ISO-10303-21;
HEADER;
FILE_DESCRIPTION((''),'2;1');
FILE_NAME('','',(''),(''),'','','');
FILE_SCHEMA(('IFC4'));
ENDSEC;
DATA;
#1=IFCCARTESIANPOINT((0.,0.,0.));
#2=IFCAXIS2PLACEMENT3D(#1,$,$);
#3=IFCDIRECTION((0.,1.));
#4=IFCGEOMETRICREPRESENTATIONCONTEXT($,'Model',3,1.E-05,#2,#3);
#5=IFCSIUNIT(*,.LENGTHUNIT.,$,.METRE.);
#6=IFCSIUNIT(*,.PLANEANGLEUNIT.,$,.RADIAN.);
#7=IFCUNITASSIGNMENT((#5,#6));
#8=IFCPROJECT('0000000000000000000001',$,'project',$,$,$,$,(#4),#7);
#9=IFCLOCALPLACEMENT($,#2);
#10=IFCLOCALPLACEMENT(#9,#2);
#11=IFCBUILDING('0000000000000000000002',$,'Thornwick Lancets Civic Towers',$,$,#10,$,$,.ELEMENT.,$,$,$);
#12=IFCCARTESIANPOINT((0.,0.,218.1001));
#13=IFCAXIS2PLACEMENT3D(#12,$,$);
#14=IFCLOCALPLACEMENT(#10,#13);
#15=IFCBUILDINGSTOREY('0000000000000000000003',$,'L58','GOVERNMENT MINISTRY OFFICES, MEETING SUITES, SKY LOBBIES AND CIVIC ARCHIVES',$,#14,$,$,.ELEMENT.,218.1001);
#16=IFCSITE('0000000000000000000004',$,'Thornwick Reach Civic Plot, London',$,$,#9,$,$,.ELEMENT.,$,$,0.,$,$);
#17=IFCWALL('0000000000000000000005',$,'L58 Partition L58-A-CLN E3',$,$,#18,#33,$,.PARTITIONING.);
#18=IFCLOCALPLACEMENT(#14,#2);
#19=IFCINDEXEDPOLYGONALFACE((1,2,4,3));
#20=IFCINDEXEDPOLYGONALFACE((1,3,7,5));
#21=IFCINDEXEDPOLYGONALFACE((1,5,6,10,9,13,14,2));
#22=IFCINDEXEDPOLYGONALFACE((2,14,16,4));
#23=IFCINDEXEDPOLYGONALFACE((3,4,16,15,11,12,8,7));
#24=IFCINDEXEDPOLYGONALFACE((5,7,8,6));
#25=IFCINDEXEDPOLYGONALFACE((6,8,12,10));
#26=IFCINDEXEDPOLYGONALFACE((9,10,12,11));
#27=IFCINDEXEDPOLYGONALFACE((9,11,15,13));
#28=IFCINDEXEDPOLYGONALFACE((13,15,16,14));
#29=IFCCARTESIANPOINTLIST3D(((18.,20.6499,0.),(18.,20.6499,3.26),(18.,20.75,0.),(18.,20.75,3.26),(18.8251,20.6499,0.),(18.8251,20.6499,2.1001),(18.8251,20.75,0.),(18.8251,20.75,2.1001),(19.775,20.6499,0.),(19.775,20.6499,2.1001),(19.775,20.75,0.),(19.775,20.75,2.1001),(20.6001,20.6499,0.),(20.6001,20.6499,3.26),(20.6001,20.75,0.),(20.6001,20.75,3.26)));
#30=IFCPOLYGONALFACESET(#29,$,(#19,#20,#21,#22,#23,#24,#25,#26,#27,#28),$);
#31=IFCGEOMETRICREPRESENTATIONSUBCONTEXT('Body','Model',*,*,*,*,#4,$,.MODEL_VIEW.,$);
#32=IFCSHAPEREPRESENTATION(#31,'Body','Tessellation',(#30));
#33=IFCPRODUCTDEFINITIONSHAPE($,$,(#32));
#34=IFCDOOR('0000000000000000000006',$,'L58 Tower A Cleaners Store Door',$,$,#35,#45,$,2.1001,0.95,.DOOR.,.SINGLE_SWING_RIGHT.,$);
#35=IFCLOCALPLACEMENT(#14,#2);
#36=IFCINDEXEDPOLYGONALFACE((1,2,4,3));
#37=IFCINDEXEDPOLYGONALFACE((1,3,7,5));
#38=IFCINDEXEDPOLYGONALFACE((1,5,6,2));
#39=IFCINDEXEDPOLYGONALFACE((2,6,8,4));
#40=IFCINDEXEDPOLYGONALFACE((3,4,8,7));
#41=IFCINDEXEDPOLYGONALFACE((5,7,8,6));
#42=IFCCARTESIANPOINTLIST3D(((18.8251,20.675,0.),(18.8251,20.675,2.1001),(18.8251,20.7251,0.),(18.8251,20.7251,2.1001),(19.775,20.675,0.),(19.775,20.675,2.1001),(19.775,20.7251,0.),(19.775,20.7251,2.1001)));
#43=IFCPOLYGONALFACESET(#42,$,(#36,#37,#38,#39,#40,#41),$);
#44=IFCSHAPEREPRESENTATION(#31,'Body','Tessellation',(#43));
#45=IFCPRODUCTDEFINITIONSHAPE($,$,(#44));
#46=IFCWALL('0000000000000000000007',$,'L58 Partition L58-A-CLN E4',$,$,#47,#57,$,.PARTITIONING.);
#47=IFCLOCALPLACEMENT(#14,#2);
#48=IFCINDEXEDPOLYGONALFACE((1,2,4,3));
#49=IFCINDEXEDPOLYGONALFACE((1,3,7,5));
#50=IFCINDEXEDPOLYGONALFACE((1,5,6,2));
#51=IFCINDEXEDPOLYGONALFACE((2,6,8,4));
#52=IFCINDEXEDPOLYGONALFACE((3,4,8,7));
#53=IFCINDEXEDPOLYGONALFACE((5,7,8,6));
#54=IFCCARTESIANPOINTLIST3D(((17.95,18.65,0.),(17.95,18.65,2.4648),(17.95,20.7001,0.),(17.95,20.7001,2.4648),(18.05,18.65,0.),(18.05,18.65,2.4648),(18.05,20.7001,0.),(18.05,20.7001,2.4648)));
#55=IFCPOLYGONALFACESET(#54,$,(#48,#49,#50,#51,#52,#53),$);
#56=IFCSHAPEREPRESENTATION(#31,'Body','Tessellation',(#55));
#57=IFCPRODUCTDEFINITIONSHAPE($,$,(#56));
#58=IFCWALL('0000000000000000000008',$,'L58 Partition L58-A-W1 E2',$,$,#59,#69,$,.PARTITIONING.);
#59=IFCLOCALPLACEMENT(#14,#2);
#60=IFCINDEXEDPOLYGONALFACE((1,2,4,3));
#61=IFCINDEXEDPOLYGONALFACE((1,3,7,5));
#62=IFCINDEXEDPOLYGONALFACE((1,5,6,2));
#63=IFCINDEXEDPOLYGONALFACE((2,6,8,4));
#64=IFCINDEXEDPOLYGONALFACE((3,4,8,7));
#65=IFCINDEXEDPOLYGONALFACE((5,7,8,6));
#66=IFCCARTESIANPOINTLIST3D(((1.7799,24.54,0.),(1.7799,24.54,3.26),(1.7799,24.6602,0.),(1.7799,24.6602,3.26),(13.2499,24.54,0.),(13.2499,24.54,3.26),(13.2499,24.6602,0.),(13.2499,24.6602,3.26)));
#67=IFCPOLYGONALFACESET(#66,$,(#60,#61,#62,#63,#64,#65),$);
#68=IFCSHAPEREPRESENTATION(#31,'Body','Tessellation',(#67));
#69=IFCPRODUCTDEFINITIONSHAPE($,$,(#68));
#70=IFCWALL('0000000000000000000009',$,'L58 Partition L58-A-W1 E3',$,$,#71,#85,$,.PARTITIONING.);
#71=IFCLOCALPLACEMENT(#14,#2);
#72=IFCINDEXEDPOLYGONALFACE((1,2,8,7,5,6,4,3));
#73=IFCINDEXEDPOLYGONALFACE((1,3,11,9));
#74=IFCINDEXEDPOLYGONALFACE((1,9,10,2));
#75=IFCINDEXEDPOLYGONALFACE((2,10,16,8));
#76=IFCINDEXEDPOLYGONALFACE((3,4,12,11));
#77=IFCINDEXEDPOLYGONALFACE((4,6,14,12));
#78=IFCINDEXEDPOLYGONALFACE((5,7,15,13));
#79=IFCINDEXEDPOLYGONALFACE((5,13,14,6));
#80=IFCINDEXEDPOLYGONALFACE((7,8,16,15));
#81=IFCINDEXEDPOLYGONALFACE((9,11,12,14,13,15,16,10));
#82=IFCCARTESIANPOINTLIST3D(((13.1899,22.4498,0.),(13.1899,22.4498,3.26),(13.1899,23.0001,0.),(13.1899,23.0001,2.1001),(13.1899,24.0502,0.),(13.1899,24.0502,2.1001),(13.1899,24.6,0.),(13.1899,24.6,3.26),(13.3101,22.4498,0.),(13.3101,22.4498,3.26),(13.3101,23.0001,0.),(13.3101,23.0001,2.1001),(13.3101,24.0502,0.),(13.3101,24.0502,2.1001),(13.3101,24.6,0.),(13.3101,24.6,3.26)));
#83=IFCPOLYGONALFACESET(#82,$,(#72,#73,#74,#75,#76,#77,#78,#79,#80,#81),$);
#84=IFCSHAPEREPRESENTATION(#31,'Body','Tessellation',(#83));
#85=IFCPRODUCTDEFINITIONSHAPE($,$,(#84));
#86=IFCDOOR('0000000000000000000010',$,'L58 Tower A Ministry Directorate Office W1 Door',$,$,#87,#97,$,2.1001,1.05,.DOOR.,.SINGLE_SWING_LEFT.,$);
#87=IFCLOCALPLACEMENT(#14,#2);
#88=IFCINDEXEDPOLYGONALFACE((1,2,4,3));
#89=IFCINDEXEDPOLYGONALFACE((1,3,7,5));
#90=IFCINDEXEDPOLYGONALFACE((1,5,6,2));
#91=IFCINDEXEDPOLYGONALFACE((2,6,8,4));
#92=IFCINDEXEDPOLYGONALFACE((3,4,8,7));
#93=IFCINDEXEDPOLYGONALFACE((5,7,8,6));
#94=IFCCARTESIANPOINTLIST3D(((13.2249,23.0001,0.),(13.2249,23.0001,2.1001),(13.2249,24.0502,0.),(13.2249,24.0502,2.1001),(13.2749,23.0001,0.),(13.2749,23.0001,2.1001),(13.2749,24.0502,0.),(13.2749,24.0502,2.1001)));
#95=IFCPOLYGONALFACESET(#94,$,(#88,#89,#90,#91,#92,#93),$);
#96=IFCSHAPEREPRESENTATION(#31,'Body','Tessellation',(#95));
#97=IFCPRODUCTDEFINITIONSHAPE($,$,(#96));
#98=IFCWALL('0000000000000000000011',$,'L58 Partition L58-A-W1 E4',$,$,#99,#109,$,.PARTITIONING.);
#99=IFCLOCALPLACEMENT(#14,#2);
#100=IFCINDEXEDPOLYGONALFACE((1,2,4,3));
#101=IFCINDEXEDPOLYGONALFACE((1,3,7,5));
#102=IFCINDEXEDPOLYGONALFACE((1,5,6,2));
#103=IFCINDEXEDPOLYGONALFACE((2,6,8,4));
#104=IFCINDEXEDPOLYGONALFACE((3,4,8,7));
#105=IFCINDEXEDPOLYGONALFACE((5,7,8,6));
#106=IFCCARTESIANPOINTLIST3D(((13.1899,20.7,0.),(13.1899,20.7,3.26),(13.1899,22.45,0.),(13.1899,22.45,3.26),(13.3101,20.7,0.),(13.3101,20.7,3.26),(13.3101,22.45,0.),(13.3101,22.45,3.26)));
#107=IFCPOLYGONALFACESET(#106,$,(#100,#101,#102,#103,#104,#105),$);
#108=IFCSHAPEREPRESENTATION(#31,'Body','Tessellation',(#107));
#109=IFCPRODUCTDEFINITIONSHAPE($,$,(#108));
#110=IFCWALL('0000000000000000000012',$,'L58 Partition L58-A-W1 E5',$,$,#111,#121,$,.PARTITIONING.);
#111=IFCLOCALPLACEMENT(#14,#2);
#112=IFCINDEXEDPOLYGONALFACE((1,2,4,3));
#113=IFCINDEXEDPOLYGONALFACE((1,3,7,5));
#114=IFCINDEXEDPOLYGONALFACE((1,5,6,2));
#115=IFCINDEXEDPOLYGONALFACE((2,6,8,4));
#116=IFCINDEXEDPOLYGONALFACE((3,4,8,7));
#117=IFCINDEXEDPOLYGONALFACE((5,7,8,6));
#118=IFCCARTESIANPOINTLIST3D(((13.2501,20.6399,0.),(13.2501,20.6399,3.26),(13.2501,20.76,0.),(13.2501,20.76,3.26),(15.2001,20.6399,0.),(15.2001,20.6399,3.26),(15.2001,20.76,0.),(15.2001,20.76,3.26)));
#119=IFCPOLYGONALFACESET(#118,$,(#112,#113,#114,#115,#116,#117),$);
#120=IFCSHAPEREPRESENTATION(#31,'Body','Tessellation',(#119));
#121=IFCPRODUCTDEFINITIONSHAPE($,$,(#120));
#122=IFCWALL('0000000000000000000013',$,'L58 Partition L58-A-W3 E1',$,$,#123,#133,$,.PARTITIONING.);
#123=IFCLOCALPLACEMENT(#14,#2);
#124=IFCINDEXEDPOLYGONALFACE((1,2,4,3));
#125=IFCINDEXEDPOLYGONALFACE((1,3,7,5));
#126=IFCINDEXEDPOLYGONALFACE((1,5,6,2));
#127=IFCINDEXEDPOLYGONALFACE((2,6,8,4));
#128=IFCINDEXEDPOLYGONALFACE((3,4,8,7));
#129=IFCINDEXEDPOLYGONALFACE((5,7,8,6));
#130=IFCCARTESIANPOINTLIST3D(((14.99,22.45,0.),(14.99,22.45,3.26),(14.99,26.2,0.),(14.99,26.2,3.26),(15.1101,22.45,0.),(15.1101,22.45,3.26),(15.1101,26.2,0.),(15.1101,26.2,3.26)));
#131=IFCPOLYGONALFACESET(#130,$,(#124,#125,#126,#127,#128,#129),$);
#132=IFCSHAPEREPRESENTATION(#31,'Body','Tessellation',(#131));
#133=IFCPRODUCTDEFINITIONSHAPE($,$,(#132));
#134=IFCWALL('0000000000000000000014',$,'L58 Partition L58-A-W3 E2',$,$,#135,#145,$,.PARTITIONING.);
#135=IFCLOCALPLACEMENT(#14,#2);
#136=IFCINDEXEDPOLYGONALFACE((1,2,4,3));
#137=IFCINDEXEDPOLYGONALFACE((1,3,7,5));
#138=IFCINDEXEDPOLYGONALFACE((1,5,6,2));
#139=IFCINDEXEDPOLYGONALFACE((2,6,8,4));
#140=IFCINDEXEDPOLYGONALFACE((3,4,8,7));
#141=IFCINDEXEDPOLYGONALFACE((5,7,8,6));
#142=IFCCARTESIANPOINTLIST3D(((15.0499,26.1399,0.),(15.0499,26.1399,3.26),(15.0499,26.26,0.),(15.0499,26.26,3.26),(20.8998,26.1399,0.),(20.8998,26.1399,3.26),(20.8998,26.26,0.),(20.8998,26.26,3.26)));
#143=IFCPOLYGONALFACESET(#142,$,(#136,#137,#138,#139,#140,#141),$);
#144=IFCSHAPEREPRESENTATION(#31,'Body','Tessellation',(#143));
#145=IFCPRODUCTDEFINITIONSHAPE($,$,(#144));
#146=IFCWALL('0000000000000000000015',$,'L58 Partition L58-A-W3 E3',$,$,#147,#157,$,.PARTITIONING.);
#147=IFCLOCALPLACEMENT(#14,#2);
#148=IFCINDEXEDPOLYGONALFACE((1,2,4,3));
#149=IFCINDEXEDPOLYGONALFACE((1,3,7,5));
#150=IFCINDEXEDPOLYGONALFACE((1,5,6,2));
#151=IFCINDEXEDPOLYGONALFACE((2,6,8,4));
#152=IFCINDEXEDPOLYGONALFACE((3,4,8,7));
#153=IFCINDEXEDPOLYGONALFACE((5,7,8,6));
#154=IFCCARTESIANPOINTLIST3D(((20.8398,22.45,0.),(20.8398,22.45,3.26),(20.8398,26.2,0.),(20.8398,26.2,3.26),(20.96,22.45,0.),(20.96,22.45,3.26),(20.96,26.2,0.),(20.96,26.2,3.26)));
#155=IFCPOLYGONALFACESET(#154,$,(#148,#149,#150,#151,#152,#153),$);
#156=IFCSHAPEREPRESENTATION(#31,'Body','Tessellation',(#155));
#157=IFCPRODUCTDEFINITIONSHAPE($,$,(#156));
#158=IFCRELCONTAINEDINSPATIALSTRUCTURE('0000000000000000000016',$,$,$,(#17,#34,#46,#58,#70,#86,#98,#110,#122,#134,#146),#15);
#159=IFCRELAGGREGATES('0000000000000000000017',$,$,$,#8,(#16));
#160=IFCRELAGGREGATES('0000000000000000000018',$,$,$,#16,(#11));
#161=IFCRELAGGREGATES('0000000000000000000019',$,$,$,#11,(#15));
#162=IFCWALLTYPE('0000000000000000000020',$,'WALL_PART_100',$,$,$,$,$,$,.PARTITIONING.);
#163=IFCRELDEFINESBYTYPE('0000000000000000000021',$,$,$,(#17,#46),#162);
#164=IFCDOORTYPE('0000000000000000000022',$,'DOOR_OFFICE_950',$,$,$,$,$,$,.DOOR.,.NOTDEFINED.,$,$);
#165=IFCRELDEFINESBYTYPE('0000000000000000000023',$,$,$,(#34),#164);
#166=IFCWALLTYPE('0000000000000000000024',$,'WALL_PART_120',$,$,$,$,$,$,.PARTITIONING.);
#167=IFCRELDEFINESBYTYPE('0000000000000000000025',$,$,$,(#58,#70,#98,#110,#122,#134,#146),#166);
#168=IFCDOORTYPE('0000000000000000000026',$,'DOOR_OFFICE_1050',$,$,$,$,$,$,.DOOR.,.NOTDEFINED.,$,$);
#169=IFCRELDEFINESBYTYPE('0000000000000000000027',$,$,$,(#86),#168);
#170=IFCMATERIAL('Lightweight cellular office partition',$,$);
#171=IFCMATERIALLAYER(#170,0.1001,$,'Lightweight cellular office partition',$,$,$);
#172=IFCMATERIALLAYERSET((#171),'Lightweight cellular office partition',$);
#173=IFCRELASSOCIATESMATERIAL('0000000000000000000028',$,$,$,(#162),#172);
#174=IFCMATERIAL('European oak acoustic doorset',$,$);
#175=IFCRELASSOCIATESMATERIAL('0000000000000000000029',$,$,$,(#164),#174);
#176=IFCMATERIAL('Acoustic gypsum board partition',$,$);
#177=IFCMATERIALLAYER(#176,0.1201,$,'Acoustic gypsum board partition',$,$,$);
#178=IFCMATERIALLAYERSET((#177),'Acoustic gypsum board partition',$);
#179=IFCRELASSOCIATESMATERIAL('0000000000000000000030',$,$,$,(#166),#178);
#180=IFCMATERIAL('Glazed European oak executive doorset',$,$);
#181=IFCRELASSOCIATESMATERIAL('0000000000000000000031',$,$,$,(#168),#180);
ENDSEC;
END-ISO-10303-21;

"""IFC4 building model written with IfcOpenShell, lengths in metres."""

from ifc_helpers import new_model, si_unit, direction, frame, frame_2d, origin, place, context, subcontext, project, spatial, rectangle, extrude, material, layer, layer_set, type_object, element, fill, save


model = new_model("IFC4")

# Units and contexts
model_context = context("Model", 3, precision=1e-05, world=origin(), true_north=direction((0.0, 1.0)))
body_context = subcontext(model_context, "Body", "Model", "MODEL_VIEW")
ifc_project = project(units=[si_unit("LENGTHUNIT", "METRE"), si_unit("PLANEANGLEUNIT", "RADIAN")], contexts=[model_context])

# Site, building, storey
site_placement = place(None, origin())
site = spatial("IfcSite", under=ifc_project, at=site_placement, Name="Thornwick Reach Civic Plot, London", CompositionType="ELEMENT", RefElevation=0.0)
building_placement = place(site_placement, origin())
building = spatial("IfcBuilding", under=site, at=building_placement, Name="Thornwick Lancets Civic Towers", CompositionType="ELEMENT")
storey_placement = place(building_placement, frame((0.0, 0.0, 218.1001)))
storey = spatial("IfcBuildingStorey", under=building, at=storey_placement, Name="L58", Description="GOVERNMENT MINISTRY OFFICES, MEETING SUITES, SKY LOBBIES AND CIVIC ARCHIVES", CompositionType="ELEMENT", Elevation=218.1001)

# Shared definitions
ifc_material_1 = material(Name="Lightweight cellular office partition")
ifc_layer_1 = layer(ifc_material_1, 0.1001, Name="Lightweight cellular office partition")
ifc_layer_set_1 = layer_set([ifc_layer_1], Name="Lightweight cellular office partition")
wall_type_1 = type_object("IfcWallType", Name="WALL_PART_100", PredefinedType="PARTITIONING", material=ifc_layer_set_1)

# Wall, opening, door
wall_1_placement = place(storey_placement, frame((20.6001, 20.7, 0.0), z_axis=(0.0, 0.0, 1.0), x_axis=(-1.0, 0.0, 0.0)))
wall_1 = element("IfcWall", 1, at=wall_1_placement, inside=storey, type_object=wall_type_1, Name="L58 Partition L58-A-CLN E3", PredefinedType="PARTITIONING", context=body_context, shape_type="SweptSolid", body=[
    extrude(rectangle(XDim=2.6001, YDim=0.1001, at=frame_2d((1.3, 0.0))), origin(), (0.0, 0.0, 1.0), 3.26),
])
opening_1_placement = place(wall_1_placement, frame((0.825, 0.0, 0.0)))
opening_1 = element("IfcOpeningElement", 2, at=opening_1_placement, cuts=wall_1, PredefinedType="OPENING", context=body_context, shape_type="SweptSolid", body=[
    extrude(rectangle(XDim=0.95, YDim=2.1001, at=frame_2d((0.4751, 1.05))), frame((0.0, 0.0601, 0.0), z_axis=(0.0, -1.0, 0.0), x_axis=(1.0, 0.0, 0.0)), (0.0, 0.0, 1.0), 0.1201),
])
ifc_material_2 = material(Name="European oak acoustic doorset")
door_type_1 = type_object("IfcDoorType", Name="DOOR_OFFICE_950", OperationType="NOTDEFINED", PredefinedType="DOOR", material=ifc_material_2)
door_1_placement = place(opening_1_placement, origin())
door_1 = element("IfcDoor", 3, at=door_1_placement, inside=storey, type_object=door_type_1, Name="L58 Tower A Cleaners Store Door", OperationType="SINGLE_SWING_RIGHT", OverallHeight=2.1001, OverallWidth=0.95, PredefinedType="DOOR", context=body_context, shape_type="SweptSolid", body=[
    extrude(rectangle(XDim=0.95, YDim=2.1001, at=frame_2d((0.4751, 1.05))), frame((0.0, 0.0249, 0.0), z_axis=(0.0, -1.0, 0.0), x_axis=(1.0, 0.0, 0.0)), (0.0, 0.0, 1.0), 0.05),
])
fill(opening_1, door_1)

# Walls
wall_2_placement = place(storey_placement, frame((18.0, 20.7, 0.0), z_axis=(0.0, 0.0, 1.0), x_axis=(0.0, -1.0, 0.0)))
element("IfcWall", 4, at=wall_2_placement, inside=storey, type_object=wall_type_1, Name="L58 Partition L58-A-CLN E4", PredefinedType="PARTITIONING", context=body_context, shape_type="SweptSolid", body=[
    extrude(rectangle(XDim=2.05, YDim=0.1001, at=frame_2d((1.0249, 0.0))), origin(), (0.0, 0.0, 1.0), 2.4648),
])
ifc_material_3 = material(Name="Acoustic gypsum board partition")
ifc_layer_2 = layer(ifc_material_3, 0.1201, Name="Acoustic gypsum board partition")
ifc_layer_set_2 = layer_set([ifc_layer_2], Name="Acoustic gypsum board partition")
wall_type_2 = type_object("IfcWallType", Name="WALL_PART_120", PredefinedType="PARTITIONING", material=ifc_layer_set_2)
wall_3_placement = place(storey_placement, frame((1.78, 24.6001, 0.0), z_axis=(0.0, 0.0, 1.0), x_axis=(1.0, 0.0, 0.0)))
element("IfcWall", 5, at=wall_3_placement, inside=storey, type_object=wall_type_2, Name="L58 Partition L58-A-W1 E2", PredefinedType="PARTITIONING", context=body_context, shape_type="SweptSolid", body=[
    extrude(rectangle(XDim=11.47, YDim=0.1201, at=frame_2d((5.7349, 0.0))), origin(), (0.0, 0.0, 1.0), 3.26),
])

# Wall, opening, door
wall_4_placement = place(storey_placement, frame((13.25, 24.6001, 0.0), z_axis=(0.0, 0.0, 1.0), x_axis=(0.0, -1.0, 0.0)))
wall_4 = element("IfcWall", 6, at=wall_4_placement, inside=storey, type_object=wall_type_2, Name="L58 Partition L58-A-W1 E3", PredefinedType="PARTITIONING", context=body_context, shape_type="SweptSolid", body=[
    extrude(rectangle(XDim=2.1501, YDim=0.1201, at=frame_2d((1.0752, 0.0))), origin(), (0.0, 0.0, 1.0), 3.26),
])
opening_2_placement = place(wall_4_placement, frame((0.55, 0.0, 0.0)))
opening_2 = element("IfcOpeningElement", 7, at=opening_2_placement, cuts=wall_4, PredefinedType="OPENING", context=body_context, shape_type="SweptSolid", body=[
    extrude(rectangle(XDim=1.05, YDim=2.1001, at=frame_2d((0.5249, 1.05))), frame((0.0, 0.0701, 0.0), z_axis=(0.0, -1.0, 0.0), x_axis=(1.0, 0.0, 0.0)), (0.0, 0.0, 1.0), 0.1401),
])
ifc_material_4 = material(Name="Glazed European oak executive doorset")
door_type_2 = type_object("IfcDoorType", Name="DOOR_OFFICE_1050", OperationType="NOTDEFINED", PredefinedType="DOOR", material=ifc_material_4)
door_2_placement = place(opening_2_placement, origin())
door_2 = element("IfcDoor", 8, at=door_2_placement, inside=storey, type_object=door_type_2, Name="L58 Tower A Ministry Directorate Office W1 Door", OperationType="SINGLE_SWING_LEFT", OverallHeight=2.1001, OverallWidth=1.05, PredefinedType="DOOR", context=body_context, shape_type="SweptSolid", body=[
    extrude(rectangle(XDim=1.05, YDim=2.1001, at=frame_2d((0.5249, 1.05))), frame((0.0, 0.0249, 0.0), z_axis=(0.0, -1.0, 0.0), x_axis=(1.0, 0.0, 0.0)), (0.0, 0.0, 1.0), 0.05),
])
fill(opening_2, door_2)

# Walls
wall_5_placement = place(storey_placement, frame((13.25, 22.45, 0.0), z_axis=(0.0, 0.0, 1.0), x_axis=(0.0, -1.0, 0.0)))
element("IfcWall", 9, at=wall_5_placement, inside=storey, type_object=wall_type_2, Name="L58 Partition L58-A-W1 E4", PredefinedType="PARTITIONING", context=body_context, shape_type="SweptSolid", body=[
    extrude(rectangle(XDim=1.75, YDim=0.1201, at=frame_2d((0.875, 0.0))), origin(), (0.0, 0.0, 1.0), 3.26),
])
wall_6_placement = place(storey_placement, frame((13.25, 20.7, 0.0), z_axis=(0.0, 0.0, 1.0), x_axis=(1.0, 0.0, 0.0)))
element("IfcWall", 10, at=wall_6_placement, inside=storey, type_object=wall_type_2, Name="L58 Partition L58-A-W1 E5", PredefinedType="PARTITIONING", context=body_context, shape_type="SweptSolid", body=[
    extrude(rectangle(XDim=1.95, YDim=0.1201, at=frame_2d((0.9751, 0.0))), origin(), (0.0, 0.0, 1.0), 3.26),
])
wall_7_placement = place(storey_placement, frame((15.05, 22.45, 0.0), z_axis=(0.0, 0.0, 1.0), x_axis=(0.0, 1.0, 0.0)))
element("IfcWall", 11, at=wall_7_placement, inside=storey, type_object=wall_type_2, Name="L58 Partition L58-A-W3 E1", PredefinedType="PARTITIONING", context=body_context, shape_type="SweptSolid", body=[
    extrude(rectangle(XDim=3.75, YDim=0.1201, at=frame_2d((1.875, 0.0))), origin(), (0.0, 0.0, 1.0), 3.26),
])
wall_8_placement = place(storey_placement, frame((15.05, 26.2, 0.0), z_axis=(0.0, 0.0, 1.0), x_axis=(1.0, 0.0, 0.0)))
element("IfcWall", 12, at=wall_8_placement, inside=storey, type_object=wall_type_2, Name="L58 Partition L58-A-W3 E2", PredefinedType="PARTITIONING", context=body_context, shape_type="SweptSolid", body=[
    extrude(rectangle(XDim=5.8499, YDim=0.1201, at=frame_2d((2.9248, 0.0))), origin(), (0.0, 0.0, 1.0), 3.26),
])
wall_9_placement = place(storey_placement, frame((20.8999, 26.2, 0.0), z_axis=(0.0, 0.0, 1.0), x_axis=(0.0, -1.0, 0.0)))
element("IfcWall", 13, at=wall_9_placement, inside=storey, type_object=wall_type_2, Name="L58 Partition L58-A-W3 E3", PredefinedType="PARTITIONING", context=body_context, shape_type="SweptSolid", body=[
    extrude(rectangle(XDim=3.75, YDim=0.1201, at=frame_2d((1.875, 0.0))), origin(), (0.0, 0.0, 1.0), 3.26),
])

save(model, "model.ifc")
